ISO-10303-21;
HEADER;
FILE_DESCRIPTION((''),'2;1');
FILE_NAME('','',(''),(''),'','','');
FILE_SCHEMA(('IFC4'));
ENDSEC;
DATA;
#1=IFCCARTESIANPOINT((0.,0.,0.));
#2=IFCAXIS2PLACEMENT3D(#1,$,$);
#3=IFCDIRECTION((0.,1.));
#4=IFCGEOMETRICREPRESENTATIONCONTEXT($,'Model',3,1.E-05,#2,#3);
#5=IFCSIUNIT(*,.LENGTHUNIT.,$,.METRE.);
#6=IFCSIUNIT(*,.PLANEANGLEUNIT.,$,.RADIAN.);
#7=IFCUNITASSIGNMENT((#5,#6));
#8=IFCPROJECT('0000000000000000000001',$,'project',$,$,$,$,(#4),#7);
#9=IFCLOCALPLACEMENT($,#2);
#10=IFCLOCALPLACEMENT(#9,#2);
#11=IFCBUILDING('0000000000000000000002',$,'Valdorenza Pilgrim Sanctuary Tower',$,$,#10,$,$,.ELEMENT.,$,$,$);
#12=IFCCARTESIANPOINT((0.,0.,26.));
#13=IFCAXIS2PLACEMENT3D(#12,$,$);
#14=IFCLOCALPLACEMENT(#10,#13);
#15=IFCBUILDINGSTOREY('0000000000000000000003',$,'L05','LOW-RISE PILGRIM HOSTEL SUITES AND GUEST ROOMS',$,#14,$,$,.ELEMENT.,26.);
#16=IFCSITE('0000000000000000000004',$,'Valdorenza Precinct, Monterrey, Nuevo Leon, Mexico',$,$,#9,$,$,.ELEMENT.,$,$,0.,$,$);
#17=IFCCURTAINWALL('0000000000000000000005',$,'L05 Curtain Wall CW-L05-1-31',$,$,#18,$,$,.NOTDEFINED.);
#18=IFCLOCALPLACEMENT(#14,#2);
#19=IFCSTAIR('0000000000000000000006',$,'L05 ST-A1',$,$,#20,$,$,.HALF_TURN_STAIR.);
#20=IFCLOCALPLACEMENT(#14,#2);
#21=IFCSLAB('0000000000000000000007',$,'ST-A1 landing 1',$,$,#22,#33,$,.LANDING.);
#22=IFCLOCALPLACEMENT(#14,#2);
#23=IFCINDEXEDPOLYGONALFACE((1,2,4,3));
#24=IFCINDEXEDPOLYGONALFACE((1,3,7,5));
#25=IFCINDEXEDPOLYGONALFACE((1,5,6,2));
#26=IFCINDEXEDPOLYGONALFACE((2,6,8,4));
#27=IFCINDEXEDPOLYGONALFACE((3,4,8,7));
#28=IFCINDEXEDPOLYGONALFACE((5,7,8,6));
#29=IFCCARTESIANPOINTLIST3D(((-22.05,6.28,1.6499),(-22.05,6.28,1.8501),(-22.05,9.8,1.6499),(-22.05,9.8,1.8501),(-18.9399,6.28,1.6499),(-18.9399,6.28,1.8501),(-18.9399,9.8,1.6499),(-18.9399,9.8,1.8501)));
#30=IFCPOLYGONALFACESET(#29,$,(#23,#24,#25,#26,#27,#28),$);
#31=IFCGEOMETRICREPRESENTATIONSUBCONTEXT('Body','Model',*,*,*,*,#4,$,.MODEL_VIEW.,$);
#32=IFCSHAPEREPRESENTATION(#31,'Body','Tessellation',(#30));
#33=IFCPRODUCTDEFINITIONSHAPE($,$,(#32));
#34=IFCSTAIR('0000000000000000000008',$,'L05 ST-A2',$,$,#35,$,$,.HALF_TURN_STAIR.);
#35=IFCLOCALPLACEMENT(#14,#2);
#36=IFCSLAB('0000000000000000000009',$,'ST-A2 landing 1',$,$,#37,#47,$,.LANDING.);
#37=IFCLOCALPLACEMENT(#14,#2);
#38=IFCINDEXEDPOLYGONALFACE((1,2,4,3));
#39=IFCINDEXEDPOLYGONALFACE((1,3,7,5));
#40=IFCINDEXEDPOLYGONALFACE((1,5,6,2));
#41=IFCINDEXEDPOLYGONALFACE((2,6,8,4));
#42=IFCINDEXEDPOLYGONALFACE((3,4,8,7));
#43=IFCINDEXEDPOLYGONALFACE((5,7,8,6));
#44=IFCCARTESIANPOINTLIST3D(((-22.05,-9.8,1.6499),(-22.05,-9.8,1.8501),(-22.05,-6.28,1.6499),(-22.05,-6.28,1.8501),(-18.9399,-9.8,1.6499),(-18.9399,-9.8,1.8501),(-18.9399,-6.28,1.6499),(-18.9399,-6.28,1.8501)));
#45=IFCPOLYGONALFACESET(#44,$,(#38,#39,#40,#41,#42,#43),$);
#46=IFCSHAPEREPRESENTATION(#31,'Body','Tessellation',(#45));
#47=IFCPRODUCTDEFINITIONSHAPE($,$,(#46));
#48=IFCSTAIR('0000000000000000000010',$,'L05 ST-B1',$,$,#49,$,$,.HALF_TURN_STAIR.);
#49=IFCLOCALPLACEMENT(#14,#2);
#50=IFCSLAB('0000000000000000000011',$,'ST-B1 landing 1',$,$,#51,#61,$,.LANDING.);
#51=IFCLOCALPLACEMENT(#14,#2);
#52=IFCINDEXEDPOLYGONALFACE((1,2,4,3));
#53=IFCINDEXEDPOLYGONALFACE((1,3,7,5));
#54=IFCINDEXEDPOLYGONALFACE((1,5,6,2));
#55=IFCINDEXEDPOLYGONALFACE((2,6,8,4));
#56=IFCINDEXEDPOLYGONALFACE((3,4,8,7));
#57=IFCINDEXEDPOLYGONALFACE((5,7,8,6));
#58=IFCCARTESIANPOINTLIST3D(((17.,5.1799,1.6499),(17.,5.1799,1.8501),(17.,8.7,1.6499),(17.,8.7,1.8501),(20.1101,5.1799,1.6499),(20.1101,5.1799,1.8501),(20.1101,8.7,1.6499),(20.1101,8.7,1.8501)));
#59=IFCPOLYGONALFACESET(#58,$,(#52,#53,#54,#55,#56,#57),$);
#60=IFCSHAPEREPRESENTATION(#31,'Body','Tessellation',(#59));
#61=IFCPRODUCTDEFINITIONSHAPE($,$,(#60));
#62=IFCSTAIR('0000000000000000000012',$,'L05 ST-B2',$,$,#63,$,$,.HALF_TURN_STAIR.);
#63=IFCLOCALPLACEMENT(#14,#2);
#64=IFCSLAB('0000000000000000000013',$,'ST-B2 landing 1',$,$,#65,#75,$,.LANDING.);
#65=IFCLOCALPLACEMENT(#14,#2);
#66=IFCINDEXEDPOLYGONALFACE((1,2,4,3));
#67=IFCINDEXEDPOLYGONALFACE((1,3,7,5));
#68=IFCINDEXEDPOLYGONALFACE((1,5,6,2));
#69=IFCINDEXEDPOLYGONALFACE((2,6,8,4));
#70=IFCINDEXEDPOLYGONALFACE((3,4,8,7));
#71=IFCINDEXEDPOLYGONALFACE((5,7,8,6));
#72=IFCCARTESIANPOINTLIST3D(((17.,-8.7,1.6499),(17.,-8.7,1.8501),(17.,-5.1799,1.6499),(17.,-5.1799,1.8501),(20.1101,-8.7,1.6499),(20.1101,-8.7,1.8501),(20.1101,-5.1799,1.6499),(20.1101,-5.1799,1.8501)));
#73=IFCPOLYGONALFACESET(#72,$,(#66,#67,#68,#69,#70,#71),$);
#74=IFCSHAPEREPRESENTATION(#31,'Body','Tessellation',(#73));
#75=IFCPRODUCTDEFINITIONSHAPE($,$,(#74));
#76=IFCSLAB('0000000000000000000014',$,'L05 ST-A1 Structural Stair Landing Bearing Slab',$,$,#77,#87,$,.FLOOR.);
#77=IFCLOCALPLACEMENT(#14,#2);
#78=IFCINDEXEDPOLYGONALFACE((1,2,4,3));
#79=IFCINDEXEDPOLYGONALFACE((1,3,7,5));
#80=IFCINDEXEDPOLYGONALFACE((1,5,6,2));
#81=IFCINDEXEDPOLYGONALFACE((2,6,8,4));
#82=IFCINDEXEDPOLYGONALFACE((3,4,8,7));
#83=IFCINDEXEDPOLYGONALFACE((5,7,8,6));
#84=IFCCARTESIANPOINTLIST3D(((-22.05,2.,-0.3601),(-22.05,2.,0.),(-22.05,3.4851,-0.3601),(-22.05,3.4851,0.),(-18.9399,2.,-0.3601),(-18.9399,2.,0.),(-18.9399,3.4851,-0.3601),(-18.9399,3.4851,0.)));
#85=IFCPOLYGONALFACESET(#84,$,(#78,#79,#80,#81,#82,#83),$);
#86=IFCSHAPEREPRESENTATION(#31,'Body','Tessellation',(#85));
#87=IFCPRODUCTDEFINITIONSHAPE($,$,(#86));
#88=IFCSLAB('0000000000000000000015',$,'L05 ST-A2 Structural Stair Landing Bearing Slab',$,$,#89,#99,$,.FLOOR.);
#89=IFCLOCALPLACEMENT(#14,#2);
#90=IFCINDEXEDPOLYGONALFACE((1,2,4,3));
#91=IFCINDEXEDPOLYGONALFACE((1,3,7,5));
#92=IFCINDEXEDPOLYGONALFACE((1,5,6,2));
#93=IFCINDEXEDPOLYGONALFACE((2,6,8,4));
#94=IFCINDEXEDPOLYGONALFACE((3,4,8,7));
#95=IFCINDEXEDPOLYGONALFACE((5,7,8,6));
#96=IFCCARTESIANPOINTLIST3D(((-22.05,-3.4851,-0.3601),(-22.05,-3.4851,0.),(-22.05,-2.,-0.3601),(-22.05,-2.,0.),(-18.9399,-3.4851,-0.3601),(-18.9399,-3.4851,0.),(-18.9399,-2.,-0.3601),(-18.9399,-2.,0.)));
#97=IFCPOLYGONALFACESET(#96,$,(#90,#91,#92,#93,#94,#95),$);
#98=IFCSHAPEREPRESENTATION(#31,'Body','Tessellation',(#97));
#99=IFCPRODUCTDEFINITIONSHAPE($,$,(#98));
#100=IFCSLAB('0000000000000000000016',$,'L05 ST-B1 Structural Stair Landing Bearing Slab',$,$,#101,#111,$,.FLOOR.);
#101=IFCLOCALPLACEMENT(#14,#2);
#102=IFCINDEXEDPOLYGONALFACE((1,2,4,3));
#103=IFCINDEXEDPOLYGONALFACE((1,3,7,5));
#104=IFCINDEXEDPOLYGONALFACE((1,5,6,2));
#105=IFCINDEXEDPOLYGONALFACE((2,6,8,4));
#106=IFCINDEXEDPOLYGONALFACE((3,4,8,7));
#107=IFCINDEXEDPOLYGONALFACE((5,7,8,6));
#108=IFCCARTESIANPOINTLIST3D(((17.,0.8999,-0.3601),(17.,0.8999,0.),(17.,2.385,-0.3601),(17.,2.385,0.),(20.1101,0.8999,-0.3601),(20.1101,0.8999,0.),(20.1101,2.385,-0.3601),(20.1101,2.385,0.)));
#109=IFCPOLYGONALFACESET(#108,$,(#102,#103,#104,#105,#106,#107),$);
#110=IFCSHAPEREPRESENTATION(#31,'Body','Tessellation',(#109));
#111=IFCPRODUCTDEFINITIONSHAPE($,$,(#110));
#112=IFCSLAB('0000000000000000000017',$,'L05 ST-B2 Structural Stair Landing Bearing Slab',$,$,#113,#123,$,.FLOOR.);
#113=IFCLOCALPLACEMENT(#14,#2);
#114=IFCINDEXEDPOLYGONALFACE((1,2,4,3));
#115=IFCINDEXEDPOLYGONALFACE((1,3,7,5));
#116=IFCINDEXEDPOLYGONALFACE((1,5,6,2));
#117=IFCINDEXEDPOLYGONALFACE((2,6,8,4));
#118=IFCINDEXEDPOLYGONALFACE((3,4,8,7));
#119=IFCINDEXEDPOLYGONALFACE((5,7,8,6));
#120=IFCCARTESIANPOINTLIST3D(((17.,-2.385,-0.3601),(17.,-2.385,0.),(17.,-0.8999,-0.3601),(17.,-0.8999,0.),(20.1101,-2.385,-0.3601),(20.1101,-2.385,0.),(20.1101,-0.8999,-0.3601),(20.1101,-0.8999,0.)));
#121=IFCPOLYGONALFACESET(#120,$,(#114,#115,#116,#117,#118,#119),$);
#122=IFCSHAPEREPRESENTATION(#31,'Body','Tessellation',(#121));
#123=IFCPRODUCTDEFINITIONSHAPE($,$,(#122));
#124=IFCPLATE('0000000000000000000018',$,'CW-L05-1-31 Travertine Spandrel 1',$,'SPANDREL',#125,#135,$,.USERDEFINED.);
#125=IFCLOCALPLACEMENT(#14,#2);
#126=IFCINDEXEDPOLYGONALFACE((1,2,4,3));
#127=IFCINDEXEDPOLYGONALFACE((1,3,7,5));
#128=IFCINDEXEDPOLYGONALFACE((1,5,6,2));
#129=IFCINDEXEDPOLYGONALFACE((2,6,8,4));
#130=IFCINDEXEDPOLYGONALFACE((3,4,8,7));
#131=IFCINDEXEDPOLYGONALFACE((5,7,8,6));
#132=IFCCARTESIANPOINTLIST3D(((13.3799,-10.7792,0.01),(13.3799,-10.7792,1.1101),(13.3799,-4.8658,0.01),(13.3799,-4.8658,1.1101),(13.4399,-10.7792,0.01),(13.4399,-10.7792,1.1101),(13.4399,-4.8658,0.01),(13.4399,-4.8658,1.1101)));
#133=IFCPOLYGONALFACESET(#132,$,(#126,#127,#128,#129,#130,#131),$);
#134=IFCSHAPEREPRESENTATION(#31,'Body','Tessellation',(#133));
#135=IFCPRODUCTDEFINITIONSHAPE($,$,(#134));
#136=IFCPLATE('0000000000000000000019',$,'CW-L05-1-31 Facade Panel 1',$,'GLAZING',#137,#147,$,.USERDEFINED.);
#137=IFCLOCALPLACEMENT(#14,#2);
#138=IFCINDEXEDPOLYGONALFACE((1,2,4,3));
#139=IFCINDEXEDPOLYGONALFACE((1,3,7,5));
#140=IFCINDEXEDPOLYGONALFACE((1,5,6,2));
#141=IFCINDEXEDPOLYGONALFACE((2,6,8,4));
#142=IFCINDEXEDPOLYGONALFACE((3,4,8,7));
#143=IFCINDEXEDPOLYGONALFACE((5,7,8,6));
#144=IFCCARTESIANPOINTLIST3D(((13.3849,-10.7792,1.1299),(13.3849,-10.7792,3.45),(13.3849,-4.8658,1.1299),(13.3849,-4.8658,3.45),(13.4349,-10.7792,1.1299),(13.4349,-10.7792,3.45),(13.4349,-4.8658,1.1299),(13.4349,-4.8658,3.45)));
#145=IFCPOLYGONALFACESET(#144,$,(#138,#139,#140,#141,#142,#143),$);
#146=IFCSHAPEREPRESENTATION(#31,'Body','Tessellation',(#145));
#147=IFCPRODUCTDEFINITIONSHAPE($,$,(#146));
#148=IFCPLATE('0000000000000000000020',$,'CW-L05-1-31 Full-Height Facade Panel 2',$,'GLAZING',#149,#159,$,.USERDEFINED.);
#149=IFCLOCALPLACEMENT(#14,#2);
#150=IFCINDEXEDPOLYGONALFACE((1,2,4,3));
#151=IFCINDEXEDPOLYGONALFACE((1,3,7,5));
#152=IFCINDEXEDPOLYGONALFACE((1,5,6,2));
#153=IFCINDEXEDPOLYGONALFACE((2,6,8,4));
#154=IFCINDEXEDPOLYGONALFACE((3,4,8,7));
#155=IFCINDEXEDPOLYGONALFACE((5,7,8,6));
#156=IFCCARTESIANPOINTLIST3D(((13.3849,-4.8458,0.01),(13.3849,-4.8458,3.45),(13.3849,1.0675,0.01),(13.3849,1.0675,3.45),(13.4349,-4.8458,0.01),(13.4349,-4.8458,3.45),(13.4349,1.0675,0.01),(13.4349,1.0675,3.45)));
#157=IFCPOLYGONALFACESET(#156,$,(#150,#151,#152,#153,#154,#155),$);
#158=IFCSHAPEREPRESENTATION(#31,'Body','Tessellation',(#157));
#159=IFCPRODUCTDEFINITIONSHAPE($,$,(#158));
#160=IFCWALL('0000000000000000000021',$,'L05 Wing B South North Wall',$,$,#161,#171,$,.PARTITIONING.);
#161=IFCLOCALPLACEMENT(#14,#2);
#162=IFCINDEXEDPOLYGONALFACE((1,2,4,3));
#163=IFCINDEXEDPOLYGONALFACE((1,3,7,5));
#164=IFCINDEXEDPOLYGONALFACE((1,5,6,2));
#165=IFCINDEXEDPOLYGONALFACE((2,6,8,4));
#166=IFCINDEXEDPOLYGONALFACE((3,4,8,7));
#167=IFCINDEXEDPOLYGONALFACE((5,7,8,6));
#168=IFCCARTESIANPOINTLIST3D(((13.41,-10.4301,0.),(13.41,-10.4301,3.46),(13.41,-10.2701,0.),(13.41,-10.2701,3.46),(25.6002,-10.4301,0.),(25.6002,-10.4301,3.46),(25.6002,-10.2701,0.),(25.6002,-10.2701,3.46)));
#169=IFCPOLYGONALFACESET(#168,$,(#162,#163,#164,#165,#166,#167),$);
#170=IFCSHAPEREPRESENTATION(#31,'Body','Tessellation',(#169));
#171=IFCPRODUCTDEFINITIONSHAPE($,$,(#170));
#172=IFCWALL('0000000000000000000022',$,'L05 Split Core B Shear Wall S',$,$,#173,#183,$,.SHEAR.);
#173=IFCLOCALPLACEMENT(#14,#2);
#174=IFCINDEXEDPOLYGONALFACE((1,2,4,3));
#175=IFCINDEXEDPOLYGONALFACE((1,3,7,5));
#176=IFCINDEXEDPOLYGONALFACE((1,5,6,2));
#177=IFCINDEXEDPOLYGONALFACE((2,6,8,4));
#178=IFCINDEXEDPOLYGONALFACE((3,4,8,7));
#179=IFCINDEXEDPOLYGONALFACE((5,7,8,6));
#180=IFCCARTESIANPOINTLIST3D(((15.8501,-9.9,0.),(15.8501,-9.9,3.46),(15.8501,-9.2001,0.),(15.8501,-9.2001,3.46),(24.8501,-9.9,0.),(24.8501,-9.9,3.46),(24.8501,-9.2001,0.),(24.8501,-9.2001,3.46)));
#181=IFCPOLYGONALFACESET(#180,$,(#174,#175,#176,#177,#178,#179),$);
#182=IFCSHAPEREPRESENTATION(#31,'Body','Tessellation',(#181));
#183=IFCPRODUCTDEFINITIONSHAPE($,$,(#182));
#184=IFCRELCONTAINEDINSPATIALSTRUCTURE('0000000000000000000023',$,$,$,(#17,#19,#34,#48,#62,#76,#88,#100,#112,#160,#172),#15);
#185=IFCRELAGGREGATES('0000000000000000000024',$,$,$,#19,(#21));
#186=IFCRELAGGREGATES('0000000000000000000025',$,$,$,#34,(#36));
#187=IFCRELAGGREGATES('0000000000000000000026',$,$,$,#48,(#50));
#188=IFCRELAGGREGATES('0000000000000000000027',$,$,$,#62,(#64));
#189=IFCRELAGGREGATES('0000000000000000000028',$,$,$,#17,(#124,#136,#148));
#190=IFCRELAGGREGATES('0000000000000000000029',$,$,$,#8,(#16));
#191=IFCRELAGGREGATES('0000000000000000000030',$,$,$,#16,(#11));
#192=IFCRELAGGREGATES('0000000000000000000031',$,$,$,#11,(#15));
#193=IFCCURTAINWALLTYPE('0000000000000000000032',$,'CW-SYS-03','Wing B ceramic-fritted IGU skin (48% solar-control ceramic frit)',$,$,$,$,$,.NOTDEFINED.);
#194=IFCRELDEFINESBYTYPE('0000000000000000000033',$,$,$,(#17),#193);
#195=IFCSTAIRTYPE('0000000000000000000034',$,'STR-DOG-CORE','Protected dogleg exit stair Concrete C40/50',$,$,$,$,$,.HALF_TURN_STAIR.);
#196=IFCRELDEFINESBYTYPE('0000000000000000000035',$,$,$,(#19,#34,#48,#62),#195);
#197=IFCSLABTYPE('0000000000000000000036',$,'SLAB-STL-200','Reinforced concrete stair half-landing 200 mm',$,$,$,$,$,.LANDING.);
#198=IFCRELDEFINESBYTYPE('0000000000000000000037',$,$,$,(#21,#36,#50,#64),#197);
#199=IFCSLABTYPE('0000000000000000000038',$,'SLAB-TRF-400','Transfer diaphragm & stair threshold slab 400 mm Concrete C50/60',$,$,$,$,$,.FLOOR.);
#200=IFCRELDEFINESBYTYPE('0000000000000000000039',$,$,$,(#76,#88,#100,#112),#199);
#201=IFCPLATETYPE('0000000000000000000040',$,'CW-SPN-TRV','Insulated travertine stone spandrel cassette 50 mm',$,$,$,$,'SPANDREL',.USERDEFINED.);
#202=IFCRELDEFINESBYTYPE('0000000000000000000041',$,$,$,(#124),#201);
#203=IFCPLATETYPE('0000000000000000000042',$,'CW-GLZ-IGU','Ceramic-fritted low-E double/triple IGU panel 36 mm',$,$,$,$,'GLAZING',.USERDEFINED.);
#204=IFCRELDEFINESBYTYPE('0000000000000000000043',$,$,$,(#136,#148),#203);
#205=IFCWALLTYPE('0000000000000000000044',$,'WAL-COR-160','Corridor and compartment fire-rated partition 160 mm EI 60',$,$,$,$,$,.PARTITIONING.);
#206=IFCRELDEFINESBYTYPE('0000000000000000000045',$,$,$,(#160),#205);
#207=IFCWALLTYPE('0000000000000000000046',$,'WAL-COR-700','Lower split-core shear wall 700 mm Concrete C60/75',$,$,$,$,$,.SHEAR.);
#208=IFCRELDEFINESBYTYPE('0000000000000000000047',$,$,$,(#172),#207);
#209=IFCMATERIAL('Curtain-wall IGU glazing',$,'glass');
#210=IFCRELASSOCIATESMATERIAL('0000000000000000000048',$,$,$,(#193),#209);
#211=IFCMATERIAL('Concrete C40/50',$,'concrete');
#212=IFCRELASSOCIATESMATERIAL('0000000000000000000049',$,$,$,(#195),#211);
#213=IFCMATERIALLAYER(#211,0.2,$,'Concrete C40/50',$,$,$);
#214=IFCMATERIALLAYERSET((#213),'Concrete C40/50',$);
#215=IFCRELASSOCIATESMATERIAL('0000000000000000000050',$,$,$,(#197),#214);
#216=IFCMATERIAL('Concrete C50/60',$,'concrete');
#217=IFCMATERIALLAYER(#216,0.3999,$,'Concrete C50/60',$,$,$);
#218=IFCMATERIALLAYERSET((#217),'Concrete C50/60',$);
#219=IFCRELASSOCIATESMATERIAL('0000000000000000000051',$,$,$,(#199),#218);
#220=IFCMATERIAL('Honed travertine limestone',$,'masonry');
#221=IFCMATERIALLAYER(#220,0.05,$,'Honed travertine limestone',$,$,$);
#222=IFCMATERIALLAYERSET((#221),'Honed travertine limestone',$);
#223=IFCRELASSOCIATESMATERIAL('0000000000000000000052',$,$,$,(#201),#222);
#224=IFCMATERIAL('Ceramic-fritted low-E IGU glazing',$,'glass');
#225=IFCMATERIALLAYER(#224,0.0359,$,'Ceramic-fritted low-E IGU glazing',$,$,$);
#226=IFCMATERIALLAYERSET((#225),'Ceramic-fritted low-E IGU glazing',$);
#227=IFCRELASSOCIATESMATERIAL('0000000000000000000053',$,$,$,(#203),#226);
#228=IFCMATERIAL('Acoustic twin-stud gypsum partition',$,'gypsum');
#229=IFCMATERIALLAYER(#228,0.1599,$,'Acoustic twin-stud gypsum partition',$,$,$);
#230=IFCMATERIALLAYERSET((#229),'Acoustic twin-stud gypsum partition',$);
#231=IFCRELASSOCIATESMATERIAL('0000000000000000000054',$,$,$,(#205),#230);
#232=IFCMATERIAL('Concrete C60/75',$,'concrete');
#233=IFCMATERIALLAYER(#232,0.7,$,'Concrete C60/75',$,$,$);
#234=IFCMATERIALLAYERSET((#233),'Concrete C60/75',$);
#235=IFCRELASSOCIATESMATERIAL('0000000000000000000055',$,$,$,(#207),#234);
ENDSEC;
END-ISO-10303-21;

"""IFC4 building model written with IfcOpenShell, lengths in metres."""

from ifc_helpers import new_model, si_unit, direction, frame, frame_2d, origin, origin_2d, place, context, subcontext, project, spatial, polyline, rectangle, outline, extrude, source, transform, mapped, material, layer, layer_set, type_object, element, aggregate, save


model = new_model("IFC4")

# Units and contexts
model_context = context("Model", 3, precision=1e-05, world=origin(), true_north=direction((0.0, 1.0)))
body_context = subcontext(model_context, "Body", "Model", "MODEL_VIEW")
ifc_project = project(units=[si_unit("LENGTHUNIT", "METRE"), si_unit("PLANEANGLEUNIT", "RADIAN")], contexts=[model_context])

# Site, building, storey
site_placement = place(None, origin())
site = spatial("IfcSite", under=ifc_project, at=site_placement, Name="Valdorenza Precinct, Monterrey, Nuevo Leon, Mexico", CompositionType="ELEMENT", RefElevation=0.0)
building_placement = place(site_placement, origin())
building = spatial("IfcBuilding", under=site, at=building_placement, Name="Valdorenza Pilgrim Sanctuary Tower", CompositionType="ELEMENT")
storey_placement = place(building_placement, frame((0.0, 0.0, 26.0)))
storey = spatial("IfcBuildingStorey", under=building, at=storey_placement, Name="L05", Description="LOW-RISE PILGRIM HOSTEL SUITES AND GUEST ROOMS", CompositionType="ELEMENT", Elevation=26.0)

# Shared definitions
ifc_material_1 = material(Name="Concrete C60/75", Category="concrete")

# Shared definitions
ifc_material_2 = material(Name="Curtain-wall IGU glazing", Category="glass")
curtain_wall_type = type_object("IfcCurtainWallType", Name="CW-SYS-03", Description="Wing B ceramic-fritted IGU skin (48% solar-control ceramic frit)", PredefinedType="NOTDEFINED", material=ifc_material_2)

# Curtain wall
curtain_wall_1_placement = place(storey_placement, origin())
curtain_wall_1 = element("IfcCurtainWall", 1, at=curtain_wall_1_placement, inside=storey, type_object=curtain_wall_type, Name="L05 Curtain Wall CW-L05-1-31", PredefinedType="NOTDEFINED")

# Shared definitions
ifc_material_3 = material(Name="Concrete C40/50", Category="concrete")

# Stairs, slabs
stair_type = type_object("IfcStairType", Name="STR-DOG-CORE", Description="Protected dogleg exit stair Concrete C40/50", PredefinedType="HALF_TURN_STAIR", material=ifc_material_3)
stair_1_placement = place(storey_placement, origin())
stair_1 = element("IfcStair", 2, at=stair_1_placement, inside=storey, type_object=stair_type, Name="L05 ST-A1", PredefinedType="HALF_TURN_STAIR")
ifc_layer_1 = layer(ifc_material_3, 0.2, Name="Concrete C40/50")
ifc_layer_set_1 = layer_set([ifc_layer_1], Name="Concrete C40/50")
slab_type_1 = type_object("IfcSlabType", Name="SLAB-STL-200", Description="Reinforced concrete stair half-landing 200 mm", PredefinedType="LANDING", material=ifc_layer_set_1)
slab_1_placement = place(storey_placement, frame((0.0, 0.0, 1.6499)))
slab_1 = element("IfcSlab", 3, at=slab_1_placement, type_object=slab_type_1, Name="ST-A1 landing 1", PredefinedType="LANDING", context=body_context, shape_type="SweptSolid", body=[
    extrude(outline(polyline([(-18.9399, 6.28), (-18.9399, 9.8), (-22.05, 9.8), (-22.05, 6.28), (-18.9399, 6.28)])), origin(), (0.0, 0.0, 1.0), 0.2002),
])
aggregate(stair_1, [slab_1])
stair_2_placement = place(storey_placement, origin())
stair_2 = element("IfcStair", 4, at=stair_2_placement, inside=storey, type_object=stair_type, Name="L05 ST-A2", PredefinedType="HALF_TURN_STAIR")
slab_2_placement = place(storey_placement, frame((0.0, 0.0, 1.6499)))
slab_2 = element("IfcSlab", 5, at=slab_2_placement, type_object=slab_type_1, Name="ST-A2 landing 1", PredefinedType="LANDING", context=body_context, shape_type="SweptSolid", body=[
    extrude(outline(polyline([(-22.05, -6.28), (-22.05, -9.8), (-18.9399, -9.8), (-18.9399, -6.28), (-22.05, -6.28)])), origin(), (0.0, 0.0, 1.0), 0.2002),
])
aggregate(stair_2, [slab_2])
stair_3_placement = place(storey_placement, origin())
stair_3 = element("IfcStair", 6, at=stair_3_placement, inside=storey, type_object=stair_type, Name="L05 ST-B1", PredefinedType="HALF_TURN_STAIR")
slab_3_placement = place(storey_placement, frame((0.0, 0.0, 1.6499)))
slab_3 = element("IfcSlab", 7, at=slab_3_placement, type_object=slab_type_1, Name="ST-B1 landing 1", PredefinedType="LANDING", context=body_context, shape_type="SweptSolid", body=[
    extrude(outline(polyline([(20.1101, 5.1799), (20.1101, 8.7), (17.0, 8.7), (17.0, 5.1799), (20.1101, 5.1799)])), origin(), (0.0, 0.0, 1.0), 0.2002),
])
aggregate(stair_3, [slab_3])
stair_4_placement = place(storey_placement, origin())
stair_4 = element("IfcStair", 8, at=stair_4_placement, inside=storey, type_object=stair_type, Name="L05 ST-B2", PredefinedType="HALF_TURN_STAIR")
slab_4_placement = place(storey_placement, frame((0.0, 0.0, 1.6499)))
slab_4 = element("IfcSlab", 9, at=slab_4_placement, type_object=slab_type_1, Name="ST-B2 landing 1", PredefinedType="LANDING", context=body_context, shape_type="SweptSolid", body=[
    extrude(outline(polyline([(17.0, -5.1799), (17.0, -8.7), (20.1101, -8.7), (20.1101, -5.1799), (17.0, -5.1799)])), origin(), (0.0, 0.0, 1.0), 0.2002),
])
aggregate(stair_4, [slab_4])

# Slabs
ifc_material_4 = material(Name="Concrete C50/60", Category="concrete")
ifc_layer_2 = layer(ifc_material_4, 0.3999, Name="Concrete C50/60")
ifc_layer_set_2 = layer_set([ifc_layer_2], Name="Concrete C50/60")
slab_type_2 = type_object("IfcSlabType", Name="SLAB-TRF-400", Description="Transfer diaphragm & stair threshold slab 400 mm Concrete C50/60", PredefinedType="FLOOR", material=ifc_layer_set_2)
slab_5_placement = place(storey_placement, frame((0.0, 0.0, -0.3601)))
element("IfcSlab", 10, at=slab_5_placement, inside=storey, type_object=slab_type_2, Name="L05 ST-A1 Structural Stair Landing Bearing Slab", PredefinedType="FLOOR", context=body_context, shape_type="SweptSolid", body=[
    extrude(outline(polyline([(-22.05, 2.0), (-18.9399, 2.0), (-18.9399, 3.4851), (-22.05, 3.4851), (-22.05, 2.0)])), origin(), (0.0, 0.0, 1.0), 0.3601),
])
slab_6_placement = place(storey_placement, frame((0.0, 0.0, -0.3601)))
element("IfcSlab", 11, at=slab_6_placement, inside=storey, type_object=slab_type_2, Name="L05 ST-A2 Structural Stair Landing Bearing Slab", PredefinedType="FLOOR", context=body_context, shape_type="SweptSolid", body=[
    extrude(outline(polyline([(-22.05, -3.4851), (-18.9399, -3.4851), (-18.9399, -2.0), (-22.05, -2.0), (-22.05, -3.4851)])), origin(), (0.0, 0.0, 1.0), 0.3601),
])
slab_7_placement = place(storey_placement, frame((0.0, 0.0, -0.3601)))
element("IfcSlab", 12, at=slab_7_placement, inside=storey, type_object=slab_type_2, Name="L05 ST-B1 Structural Stair Landing Bearing Slab", PredefinedType="FLOOR", context=body_context, shape_type="SweptSolid", body=[
    extrude(outline(polyline([(17.0, 0.8999), (20.1101, 0.8999), (20.1101, 2.385), (17.0, 2.385), (17.0, 0.8999)])), origin(), (0.0, 0.0, 1.0), 0.3601),
])
slab_8_placement = place(storey_placement, frame((0.0, 0.0, -0.3601)))
element("IfcSlab", 13, at=slab_8_placement, inside=storey, type_object=slab_type_2, Name="L05 ST-B2 Structural Stair Landing Bearing Slab", PredefinedType="FLOOR", context=body_context, shape_type="SweptSolid", body=[
    extrude(outline(polyline([(17.0, -2.385), (20.1101, -2.385), (20.1101, -0.8999), (17.0, -0.8999), (17.0, -2.385)])), origin(), (0.0, 0.0, 1.0), 0.3601),
])

# Plates
ifc_material_5 = material(Name="Honed travertine limestone", Category="masonry")
ifc_layer_3 = layer(ifc_material_5, 0.05, Name="Honed travertine limestone")
ifc_layer_set_3 = layer_set([ifc_layer_3], Name="Honed travertine limestone")
plate_type_1 = type_object("IfcPlateType", Name="CW-SPN-TRV", Description="Insulated travertine stone spandrel cassette 50 mm", ElementType="SPANDREL", PredefinedType="USERDEFINED", material=ifc_layer_set_3)
shared_shape_1 = source(origin(), body_context, "Body", "SweptSolid", [
    extrude(rectangle(XDim=5.9133, YDim=0.0601, at=origin_2d()), origin(), (0.0, 0.0, 1.0), 1.1001),
])
plate_1_placement = place(storey_placement, frame((13.4099, -7.8225, 0.01), z_axis=(0.0, 0.0, 1.0), x_axis=(0.0, 1.0, 0.0)))
plate_1 = element("IfcPlate", 14, at=plate_1_placement, type_object=plate_type_1, Name="CW-L05-1-31 Travertine Spandrel 1", ObjectType="SPANDREL", PredefinedType="USERDEFINED", context=body_context, shape_type="MappedRepresentation", body=[
    mapped(shared_shape_1, transform((0.0, 0.0, 0.0), x_axis=(1.0, 0.0, 0.0), y_axis=(0.0, 1.0, 0.0), z_axis=(0.0, 0.0, 1.0), scale=1.0)),
])
ifc_material_6 = material(Name="Ceramic-fritted low-E IGU glazing", Category="glass")
ifc_layer_4 = layer(ifc_material_6, 0.0359, Name="Ceramic-fritted low-E IGU glazing")
ifc_layer_set_4 = layer_set([ifc_layer_4], Name="Ceramic-fritted low-E IGU glazing")
plate_type_2 = type_object("IfcPlateType", Name="CW-GLZ-IGU", Description="Ceramic-fritted low-E double/triple IGU panel 36 mm", ElementType="GLAZING", PredefinedType="USERDEFINED", material=ifc_layer_set_4)
shared_shape_2 = source(origin(), body_context, "Body", "SweptSolid", [
    extrude(rectangle(XDim=5.9133, YDim=0.05, at=origin_2d()), origin(), (0.0, 0.0, 1.0), 2.3201),
])
plate_2_placement = place(storey_placement, frame((13.4099, -7.8225, 1.1299), z_axis=(0.0, 0.0, 1.0), x_axis=(0.0, 1.0, 0.0)))
plate_2 = element("IfcPlate", 15, at=plate_2_placement, type_object=plate_type_2, Name="CW-L05-1-31 Facade Panel 1", ObjectType="GLAZING", PredefinedType="USERDEFINED", context=body_context, shape_type="MappedRepresentation", body=[
    mapped(shared_shape_2, transform((0.0, 0.0, 0.0), x_axis=(1.0, 0.0, 0.0), y_axis=(0.0, 1.0, 0.0), z_axis=(0.0, 0.0, 1.0), scale=1.0)),
])
shared_shape_3 = source(origin(), body_context, "Body", "SweptSolid", [
    extrude(rectangle(XDim=5.9133, YDim=0.05, at=origin_2d()), origin(), (0.0, 0.0, 1.0), 3.4399),
])
plate_3_placement = place(storey_placement, frame((13.4099, -1.8892, 0.01), z_axis=(0.0, 0.0, 1.0), x_axis=(0.0, 1.0, 0.0)))
plate_3 = element("IfcPlate", 16, at=plate_3_placement, type_object=plate_type_2, Name="CW-L05-1-31 Full-Height Facade Panel 2", ObjectType="GLAZING", PredefinedType="USERDEFINED", context=body_context, shape_type="MappedRepresentation", body=[
    mapped(shared_shape_3, transform((0.0, 0.0, 0.0), x_axis=(1.0, 0.0, 0.0), y_axis=(0.0, 1.0, 0.0), z_axis=(0.0, 0.0, 1.0), scale=1.0)),
])
aggregate(curtain_wall_1, [plate_1, plate_2, plate_3])

# Walls
ifc_material_7 = material(Name="Acoustic twin-stud gypsum partition", Category="gypsum")
ifc_layer_5 = layer(ifc_material_7, 0.1599, Name="Acoustic twin-stud gypsum partition")
ifc_layer_set_5 = layer_set([ifc_layer_5], Name="Acoustic twin-stud gypsum partition")
wall_type_1 = type_object("IfcWallType", Name="WAL-COR-160", Description="Corridor and compartment fire-rated partition 160 mm EI 60", PredefinedType="PARTITIONING", material=ifc_layer_set_5)
wall_1_placement = place(storey_placement, frame((13.4099, -10.3501, 0.0), z_axis=(0.0, 0.0, 1.0), x_axis=(1.0, 0.0, 0.0)))
element("IfcWall", 17, at=wall_1_placement, inside=storey, type_object=wall_type_1, Name="L05 Wing B South North Wall", PredefinedType="PARTITIONING", context=body_context, shape_type="SweptSolid", body=[
    extrude(rectangle(XDim=12.1902, YDim=0.1599, at=frame_2d((6.0952, 0.0))), origin(), (0.0, 0.0, 1.0), 3.46),
])
ifc_layer_6 = layer(ifc_material_1, 0.7, Name="Concrete C60/75")
ifc_layer_set_6 = layer_set([ifc_layer_6], Name="Concrete C60/75")
wall_type_2 = type_object("IfcWallType", Name="WAL-COR-700", Description="Lower split-core shear wall 700 mm Concrete C60/75", PredefinedType="SHEAR", material=ifc_layer_set_6)
wall_2_placement = place(storey_placement, frame((15.8501, -9.55, 0.0), z_axis=(0.0, 0.0, 1.0), x_axis=(1.0, 0.0, 0.0)))
element("IfcWall", 18, at=wall_2_placement, inside=storey, type_object=wall_type_2, Name="L05 Split Core B Shear Wall S", PredefinedType="SHEAR", context=body_context, shape_type="SweptSolid", body=[
    extrude(rectangle(XDim=9.0, YDim=0.7, at=frame_2d((4.5, 0.0))), origin(), (0.0, 0.0, 1.0), 3.46),
])

save(model, "model.ifc")
